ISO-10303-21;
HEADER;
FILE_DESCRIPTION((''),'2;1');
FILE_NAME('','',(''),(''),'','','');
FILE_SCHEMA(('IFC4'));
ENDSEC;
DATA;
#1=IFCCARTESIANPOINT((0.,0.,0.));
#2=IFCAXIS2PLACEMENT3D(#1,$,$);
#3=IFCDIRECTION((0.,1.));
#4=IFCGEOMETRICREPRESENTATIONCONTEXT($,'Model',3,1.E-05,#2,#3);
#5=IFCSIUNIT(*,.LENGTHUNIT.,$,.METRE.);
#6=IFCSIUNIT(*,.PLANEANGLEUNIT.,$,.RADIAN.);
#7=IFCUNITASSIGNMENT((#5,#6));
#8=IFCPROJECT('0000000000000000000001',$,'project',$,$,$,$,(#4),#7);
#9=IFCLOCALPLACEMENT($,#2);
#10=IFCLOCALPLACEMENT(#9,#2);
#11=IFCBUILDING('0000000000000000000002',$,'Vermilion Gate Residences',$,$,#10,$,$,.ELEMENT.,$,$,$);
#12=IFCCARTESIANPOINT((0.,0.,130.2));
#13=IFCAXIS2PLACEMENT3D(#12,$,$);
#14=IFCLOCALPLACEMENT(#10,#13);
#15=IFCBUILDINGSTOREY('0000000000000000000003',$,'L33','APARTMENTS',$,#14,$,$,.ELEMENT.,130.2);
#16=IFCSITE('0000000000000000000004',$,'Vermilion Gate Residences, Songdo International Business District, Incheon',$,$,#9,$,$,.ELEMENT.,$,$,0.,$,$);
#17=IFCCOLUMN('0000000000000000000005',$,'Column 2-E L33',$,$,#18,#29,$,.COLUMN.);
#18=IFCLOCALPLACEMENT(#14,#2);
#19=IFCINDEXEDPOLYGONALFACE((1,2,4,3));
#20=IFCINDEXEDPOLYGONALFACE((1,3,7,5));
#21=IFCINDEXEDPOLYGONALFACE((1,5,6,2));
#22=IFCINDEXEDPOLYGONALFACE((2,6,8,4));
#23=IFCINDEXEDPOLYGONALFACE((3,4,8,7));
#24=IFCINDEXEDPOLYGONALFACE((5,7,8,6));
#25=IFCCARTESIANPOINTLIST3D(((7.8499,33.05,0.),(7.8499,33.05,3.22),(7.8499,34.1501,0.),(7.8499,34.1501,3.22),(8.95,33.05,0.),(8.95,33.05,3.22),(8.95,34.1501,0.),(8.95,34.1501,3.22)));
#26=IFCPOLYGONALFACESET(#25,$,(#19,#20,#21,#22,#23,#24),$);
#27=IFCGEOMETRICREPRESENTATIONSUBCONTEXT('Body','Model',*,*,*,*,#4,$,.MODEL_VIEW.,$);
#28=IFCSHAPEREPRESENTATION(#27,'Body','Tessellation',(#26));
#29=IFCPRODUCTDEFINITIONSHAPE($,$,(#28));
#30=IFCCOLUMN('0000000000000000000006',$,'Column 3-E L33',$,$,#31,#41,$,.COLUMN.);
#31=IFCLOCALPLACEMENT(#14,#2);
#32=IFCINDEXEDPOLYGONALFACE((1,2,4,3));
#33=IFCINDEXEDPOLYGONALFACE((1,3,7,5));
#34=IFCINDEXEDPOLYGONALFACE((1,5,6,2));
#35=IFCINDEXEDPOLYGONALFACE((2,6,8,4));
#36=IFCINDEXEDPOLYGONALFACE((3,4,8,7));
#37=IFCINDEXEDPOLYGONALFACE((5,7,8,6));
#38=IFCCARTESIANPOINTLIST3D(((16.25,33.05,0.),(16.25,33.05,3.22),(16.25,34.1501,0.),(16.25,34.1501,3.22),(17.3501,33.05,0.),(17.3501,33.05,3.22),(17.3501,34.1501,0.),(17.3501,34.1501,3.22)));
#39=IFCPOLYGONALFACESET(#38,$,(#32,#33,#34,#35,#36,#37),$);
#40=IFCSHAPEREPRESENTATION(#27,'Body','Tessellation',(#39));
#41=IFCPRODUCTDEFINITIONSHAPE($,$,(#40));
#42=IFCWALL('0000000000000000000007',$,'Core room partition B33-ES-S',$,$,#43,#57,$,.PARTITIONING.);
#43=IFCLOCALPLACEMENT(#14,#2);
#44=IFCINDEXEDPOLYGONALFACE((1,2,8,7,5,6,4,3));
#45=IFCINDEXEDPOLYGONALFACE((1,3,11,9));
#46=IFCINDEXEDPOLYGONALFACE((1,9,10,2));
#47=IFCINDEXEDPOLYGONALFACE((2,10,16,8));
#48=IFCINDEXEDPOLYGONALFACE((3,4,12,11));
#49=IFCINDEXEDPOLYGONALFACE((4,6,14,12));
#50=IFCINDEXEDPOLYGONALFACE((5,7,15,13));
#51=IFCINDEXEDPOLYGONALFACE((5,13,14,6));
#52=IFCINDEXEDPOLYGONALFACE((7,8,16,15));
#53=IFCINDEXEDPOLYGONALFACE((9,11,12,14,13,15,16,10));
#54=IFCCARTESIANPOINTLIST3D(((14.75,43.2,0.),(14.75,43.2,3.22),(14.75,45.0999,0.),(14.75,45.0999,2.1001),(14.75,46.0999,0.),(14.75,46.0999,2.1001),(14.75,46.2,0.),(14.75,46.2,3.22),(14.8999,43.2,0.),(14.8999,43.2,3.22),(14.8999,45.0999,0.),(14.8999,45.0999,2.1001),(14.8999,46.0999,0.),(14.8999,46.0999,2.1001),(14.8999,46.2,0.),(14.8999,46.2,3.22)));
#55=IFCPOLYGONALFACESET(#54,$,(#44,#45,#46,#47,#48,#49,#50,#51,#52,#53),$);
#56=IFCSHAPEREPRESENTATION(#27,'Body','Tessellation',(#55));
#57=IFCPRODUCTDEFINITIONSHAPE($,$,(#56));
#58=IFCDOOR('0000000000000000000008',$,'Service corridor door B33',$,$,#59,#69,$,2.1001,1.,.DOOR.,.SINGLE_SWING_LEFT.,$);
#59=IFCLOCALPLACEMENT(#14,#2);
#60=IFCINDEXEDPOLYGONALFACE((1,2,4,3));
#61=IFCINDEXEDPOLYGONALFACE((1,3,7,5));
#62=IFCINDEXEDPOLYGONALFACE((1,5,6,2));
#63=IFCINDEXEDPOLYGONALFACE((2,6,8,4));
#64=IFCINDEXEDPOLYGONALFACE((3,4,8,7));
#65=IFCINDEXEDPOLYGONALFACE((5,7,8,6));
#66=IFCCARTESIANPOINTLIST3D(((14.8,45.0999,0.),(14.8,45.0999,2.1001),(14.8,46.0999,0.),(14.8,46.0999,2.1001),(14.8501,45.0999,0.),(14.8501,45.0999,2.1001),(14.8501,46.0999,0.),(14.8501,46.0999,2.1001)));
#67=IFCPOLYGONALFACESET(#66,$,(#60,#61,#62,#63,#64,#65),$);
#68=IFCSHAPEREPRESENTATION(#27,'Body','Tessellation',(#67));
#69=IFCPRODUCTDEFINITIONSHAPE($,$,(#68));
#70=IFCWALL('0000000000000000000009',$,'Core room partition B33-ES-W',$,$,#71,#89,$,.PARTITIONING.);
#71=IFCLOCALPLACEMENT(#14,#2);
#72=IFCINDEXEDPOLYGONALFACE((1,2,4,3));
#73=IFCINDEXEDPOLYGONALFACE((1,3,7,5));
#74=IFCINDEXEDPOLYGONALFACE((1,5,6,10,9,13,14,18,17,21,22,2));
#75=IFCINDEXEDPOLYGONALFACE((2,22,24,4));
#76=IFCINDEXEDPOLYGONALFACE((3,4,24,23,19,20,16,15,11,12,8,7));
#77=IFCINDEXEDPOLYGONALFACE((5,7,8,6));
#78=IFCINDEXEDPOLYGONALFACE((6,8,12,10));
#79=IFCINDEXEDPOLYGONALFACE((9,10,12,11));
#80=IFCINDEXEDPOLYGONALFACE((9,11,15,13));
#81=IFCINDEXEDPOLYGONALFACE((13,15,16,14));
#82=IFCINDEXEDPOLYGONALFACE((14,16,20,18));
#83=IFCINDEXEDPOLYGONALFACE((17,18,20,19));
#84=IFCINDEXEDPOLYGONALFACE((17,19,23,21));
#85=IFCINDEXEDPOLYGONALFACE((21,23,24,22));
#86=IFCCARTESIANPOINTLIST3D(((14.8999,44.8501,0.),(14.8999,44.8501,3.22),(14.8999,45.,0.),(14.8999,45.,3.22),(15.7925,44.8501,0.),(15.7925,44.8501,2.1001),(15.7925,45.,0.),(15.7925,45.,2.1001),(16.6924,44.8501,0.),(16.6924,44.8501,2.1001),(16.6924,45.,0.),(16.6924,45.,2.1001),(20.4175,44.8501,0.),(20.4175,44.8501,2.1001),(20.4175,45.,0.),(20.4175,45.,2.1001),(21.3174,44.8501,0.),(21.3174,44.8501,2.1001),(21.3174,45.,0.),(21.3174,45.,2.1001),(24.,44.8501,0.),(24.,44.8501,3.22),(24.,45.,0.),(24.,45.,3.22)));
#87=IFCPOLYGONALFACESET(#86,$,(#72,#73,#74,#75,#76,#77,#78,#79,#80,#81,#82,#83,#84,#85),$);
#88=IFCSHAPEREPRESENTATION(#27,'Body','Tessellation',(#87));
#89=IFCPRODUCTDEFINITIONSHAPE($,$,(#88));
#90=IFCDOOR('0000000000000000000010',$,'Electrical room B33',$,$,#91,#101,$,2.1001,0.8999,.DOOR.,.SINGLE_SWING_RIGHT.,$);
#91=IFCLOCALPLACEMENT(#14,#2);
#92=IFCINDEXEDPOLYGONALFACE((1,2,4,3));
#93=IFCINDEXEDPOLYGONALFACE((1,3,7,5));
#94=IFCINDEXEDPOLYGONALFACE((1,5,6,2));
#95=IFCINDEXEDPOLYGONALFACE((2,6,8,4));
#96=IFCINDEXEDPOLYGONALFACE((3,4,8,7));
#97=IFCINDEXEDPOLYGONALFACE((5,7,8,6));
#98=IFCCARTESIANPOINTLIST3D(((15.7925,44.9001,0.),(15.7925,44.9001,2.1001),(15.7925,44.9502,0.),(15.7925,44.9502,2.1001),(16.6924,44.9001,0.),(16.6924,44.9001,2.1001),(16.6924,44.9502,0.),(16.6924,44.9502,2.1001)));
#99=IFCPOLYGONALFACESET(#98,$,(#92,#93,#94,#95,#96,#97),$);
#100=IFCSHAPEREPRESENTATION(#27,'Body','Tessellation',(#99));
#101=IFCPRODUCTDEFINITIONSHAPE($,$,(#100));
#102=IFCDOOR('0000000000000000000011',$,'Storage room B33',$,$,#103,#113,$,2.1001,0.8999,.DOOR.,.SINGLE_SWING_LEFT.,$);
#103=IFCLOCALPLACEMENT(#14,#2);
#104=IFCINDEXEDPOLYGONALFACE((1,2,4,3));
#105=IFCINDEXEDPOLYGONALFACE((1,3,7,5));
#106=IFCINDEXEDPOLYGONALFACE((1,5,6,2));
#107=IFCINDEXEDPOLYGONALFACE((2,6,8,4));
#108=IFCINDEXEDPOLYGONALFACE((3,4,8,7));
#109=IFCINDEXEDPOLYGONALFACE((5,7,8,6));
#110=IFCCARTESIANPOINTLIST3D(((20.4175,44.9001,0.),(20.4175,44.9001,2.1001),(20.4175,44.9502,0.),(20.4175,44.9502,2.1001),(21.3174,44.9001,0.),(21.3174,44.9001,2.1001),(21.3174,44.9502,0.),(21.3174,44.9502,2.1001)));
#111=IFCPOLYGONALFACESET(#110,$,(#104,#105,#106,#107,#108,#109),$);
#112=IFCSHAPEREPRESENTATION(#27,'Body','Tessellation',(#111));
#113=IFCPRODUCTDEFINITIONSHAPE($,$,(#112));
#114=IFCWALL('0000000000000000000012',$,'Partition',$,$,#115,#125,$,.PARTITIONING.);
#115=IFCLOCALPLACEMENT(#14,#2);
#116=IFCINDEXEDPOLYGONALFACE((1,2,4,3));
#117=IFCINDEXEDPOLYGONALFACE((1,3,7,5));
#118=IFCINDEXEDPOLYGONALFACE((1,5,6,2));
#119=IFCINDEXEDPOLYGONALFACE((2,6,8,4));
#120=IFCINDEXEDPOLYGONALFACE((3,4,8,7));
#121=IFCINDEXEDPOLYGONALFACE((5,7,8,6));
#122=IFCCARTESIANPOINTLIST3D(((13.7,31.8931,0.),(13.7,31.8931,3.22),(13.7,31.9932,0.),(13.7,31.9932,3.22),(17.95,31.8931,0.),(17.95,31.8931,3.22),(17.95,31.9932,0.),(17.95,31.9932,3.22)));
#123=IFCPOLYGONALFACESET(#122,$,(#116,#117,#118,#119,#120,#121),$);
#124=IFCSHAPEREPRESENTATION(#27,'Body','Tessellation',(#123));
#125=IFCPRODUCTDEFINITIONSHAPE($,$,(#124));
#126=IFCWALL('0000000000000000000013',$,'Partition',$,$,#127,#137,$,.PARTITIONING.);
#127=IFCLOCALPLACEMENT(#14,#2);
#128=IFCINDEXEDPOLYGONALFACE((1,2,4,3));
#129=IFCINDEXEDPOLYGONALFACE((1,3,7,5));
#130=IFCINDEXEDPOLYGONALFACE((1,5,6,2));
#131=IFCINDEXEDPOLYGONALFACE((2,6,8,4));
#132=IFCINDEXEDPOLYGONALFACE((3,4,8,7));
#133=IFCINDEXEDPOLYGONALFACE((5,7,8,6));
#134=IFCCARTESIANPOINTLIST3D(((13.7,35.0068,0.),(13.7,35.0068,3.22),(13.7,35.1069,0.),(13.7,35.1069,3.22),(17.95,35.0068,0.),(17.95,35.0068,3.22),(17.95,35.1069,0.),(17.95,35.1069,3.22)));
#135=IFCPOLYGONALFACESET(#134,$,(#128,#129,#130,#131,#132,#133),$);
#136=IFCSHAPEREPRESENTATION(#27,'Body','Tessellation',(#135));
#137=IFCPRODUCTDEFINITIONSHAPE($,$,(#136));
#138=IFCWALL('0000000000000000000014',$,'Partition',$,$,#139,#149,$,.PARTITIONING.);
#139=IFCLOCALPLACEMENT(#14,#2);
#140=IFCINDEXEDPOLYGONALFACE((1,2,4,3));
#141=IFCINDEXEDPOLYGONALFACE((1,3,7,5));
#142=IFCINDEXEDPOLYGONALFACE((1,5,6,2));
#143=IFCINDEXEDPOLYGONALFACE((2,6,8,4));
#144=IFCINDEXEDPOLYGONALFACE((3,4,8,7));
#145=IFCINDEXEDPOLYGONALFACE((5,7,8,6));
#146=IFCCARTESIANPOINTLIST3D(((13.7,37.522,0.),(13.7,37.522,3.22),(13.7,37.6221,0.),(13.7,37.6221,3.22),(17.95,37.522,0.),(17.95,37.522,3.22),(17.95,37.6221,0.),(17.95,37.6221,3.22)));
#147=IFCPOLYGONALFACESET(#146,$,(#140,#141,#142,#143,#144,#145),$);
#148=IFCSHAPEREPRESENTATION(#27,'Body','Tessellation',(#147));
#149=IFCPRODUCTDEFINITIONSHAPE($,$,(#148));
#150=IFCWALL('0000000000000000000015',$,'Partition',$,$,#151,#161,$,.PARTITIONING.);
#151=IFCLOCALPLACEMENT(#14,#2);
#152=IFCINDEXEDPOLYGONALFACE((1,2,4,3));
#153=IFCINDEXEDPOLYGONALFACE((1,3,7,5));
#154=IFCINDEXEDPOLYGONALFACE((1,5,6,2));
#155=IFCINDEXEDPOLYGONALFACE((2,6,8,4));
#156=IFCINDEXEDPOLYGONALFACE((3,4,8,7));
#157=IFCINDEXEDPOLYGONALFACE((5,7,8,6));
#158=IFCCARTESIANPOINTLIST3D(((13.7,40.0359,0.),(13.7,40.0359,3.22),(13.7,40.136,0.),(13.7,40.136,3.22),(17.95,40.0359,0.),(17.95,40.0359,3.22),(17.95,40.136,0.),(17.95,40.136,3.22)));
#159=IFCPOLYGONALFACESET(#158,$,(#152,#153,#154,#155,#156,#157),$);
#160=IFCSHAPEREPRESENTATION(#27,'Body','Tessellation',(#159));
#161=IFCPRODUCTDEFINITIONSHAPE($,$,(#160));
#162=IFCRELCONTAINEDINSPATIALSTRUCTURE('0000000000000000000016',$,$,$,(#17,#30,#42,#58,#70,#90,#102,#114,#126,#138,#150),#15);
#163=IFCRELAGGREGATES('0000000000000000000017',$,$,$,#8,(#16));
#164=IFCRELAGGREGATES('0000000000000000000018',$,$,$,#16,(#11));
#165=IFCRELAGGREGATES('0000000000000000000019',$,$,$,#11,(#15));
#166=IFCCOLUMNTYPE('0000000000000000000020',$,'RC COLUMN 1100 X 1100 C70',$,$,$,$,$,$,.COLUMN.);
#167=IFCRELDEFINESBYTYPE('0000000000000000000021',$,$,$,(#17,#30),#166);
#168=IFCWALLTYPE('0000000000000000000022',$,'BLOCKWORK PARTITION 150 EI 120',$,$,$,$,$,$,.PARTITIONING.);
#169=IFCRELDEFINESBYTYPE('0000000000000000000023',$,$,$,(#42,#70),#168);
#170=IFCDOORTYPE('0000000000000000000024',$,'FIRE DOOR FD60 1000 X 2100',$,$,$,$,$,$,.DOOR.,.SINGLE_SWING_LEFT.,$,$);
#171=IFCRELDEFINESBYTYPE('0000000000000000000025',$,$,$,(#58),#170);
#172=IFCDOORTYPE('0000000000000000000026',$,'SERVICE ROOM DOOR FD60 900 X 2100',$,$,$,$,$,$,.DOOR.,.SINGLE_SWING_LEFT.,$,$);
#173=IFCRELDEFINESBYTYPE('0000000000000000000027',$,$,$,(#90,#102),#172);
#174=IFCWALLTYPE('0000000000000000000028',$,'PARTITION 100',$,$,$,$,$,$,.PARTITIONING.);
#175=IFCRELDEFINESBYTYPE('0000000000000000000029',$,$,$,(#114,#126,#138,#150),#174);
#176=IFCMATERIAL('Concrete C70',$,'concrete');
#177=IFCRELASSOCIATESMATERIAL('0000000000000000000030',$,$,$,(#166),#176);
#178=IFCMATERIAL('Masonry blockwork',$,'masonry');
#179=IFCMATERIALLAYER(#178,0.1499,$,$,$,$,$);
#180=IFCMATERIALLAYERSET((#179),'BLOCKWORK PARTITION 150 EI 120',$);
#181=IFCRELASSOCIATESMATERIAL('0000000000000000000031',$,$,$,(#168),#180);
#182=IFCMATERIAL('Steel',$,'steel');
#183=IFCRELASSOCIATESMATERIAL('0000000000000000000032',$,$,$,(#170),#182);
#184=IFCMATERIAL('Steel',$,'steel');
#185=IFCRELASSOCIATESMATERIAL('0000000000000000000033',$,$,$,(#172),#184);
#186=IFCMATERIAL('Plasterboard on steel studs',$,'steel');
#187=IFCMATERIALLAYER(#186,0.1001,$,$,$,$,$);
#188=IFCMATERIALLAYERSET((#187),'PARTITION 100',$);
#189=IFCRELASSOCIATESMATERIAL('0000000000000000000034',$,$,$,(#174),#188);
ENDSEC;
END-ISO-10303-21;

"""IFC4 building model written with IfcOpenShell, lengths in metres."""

from ifc_helpers import new_model, si_unit, direction, frame, frame_2d, origin, origin_2d, place, context, subcontext, project, spatial, rectangle, extrude, material, layer, layer_set, material_profile, profile_set, type_object, element, fill, save


model = new_model("IFC4")

# Units and contexts
model_context = context("Model", 3, precision=1e-05, world=origin(), true_north=direction((0.0, 1.0)))
body_context = subcontext(model_context, "Body", "Model", "MODEL_VIEW")
ifc_project = project(units=[si_unit("LENGTHUNIT", "METRE"), si_unit("PLANEANGLEUNIT", "RADIAN")], contexts=[model_context])

# Site, building, storey
site_placement = place(None, origin())
site = spatial("IfcSite", under=ifc_project, at=site_placement, Name="Vermilion Gate Residences, Songdo International Business District, Incheon", CompositionType="ELEMENT", RefElevation=0.0)
building_placement = place(site_placement, origin())
building = spatial("IfcBuilding", under=site, at=building_placement, Name="Vermilion Gate Residences", CompositionType="ELEMENT")
storey_placement = place(building_placement, frame((0.0, 0.0, 130.2)))
storey = spatial("IfcBuildingStorey", under=building, at=storey_placement, Name="L33", Description="APARTMENTS", CompositionType="ELEMENT", Elevation=130.2)

# Columns
ifc_material_1 = material(Name="Concrete C70", Category="concrete")
ifc_material_profile = material_profile(ifc_material_1, rectangle(XDim=1.1001, YDim=1.1001, at=origin_2d()), Name="RC-1100x1100")
ifc_profile_set = profile_set([ifc_material_profile], Name="Concrete C70")
column_type = type_object("IfcColumnType", Name="RC COLUMN 1100 X 1100 C70", PredefinedType="COLUMN", material=ifc_profile_set)
for number, where, z_axis, x_axis, name in (
    (1, (8.3999, 33.6001, 0.0), (0.0, 0.0, 1.0), (1.0, 0.0, 0.0), "Column 2-E L33"),
    (2, (16.8, 33.6001, 0.0), (0.0, 0.0, 1.0), (1.0, 0.0, 0.0), "Column 3-E L33"),
):
    element("IfcColumn", number, at=place(storey_placement, frame(where, z_axis=z_axis, x_axis=x_axis)), inside=storey, type_object=column_type, Name=name, PredefinedType="COLUMN", context=body_context, shape_type="SweptSolid", body=[
        extrude(rectangle(XDim=1.1001, YDim=1.1001, at=origin_2d()), origin(), (0.0, 0.0, 1.0), 3.22),
    ])

# Wall, opening, door
ifc_material_2 = material(Name="Masonry blockwork", Category="masonry")
ifc_layer_1 = layer(ifc_material_2, 0.1499)
ifc_layer_set_1 = layer_set([ifc_layer_1], Name="BLOCKWORK PARTITION 150 EI 120")
wall_type_1 = type_object("IfcWallType", Name="BLOCKWORK PARTITION 150 EI 120", PredefinedType="PARTITIONING", material=ifc_layer_set_1)
wall_1_placement = place(storey_placement, frame((14.825, 46.2, 0.0), z_axis=(0.0, 0.0, 1.0), x_axis=(0.0, -1.0, 0.0)))
wall_1 = element("IfcWall", 3, at=wall_1_placement, inside=storey, type_object=wall_type_1, Name="Core room partition B33-ES-S", PredefinedType="PARTITIONING", context=body_context, shape_type="SweptSolid", body=[
    extrude(rectangle(XDim=3.0, YDim=0.1499, at=frame_2d((1.5, 0.0))), origin(), (0.0, 0.0, 1.0), 3.22),
])
opening_1_placement = place(wall_1_placement, frame((0.1001, 0.0, 0.0)))
opening_1 = element("IfcOpeningElement", 4, at=opening_1_placement, cuts=wall_1, PredefinedType="OPENING", context=body_context, shape_type="SweptSolid", body=[
    extrude(rectangle(XDim=1.0, YDim=2.1001, at=frame_2d((0.5, 1.05))), frame((0.0, 0.085, 0.0), z_axis=(0.0, -1.0, 0.0), x_axis=(1.0, 0.0, 0.0)), (0.0, 0.0, 1.0), 0.1699),
])
ifc_material_3 = material(Name="Steel", Category="steel")
door_type_1 = type_object("IfcDoorType", Name="FIRE DOOR FD60 1000 X 2100", OperationType="SINGLE_SWING_LEFT", PredefinedType="DOOR", material=ifc_material_3)
door_1_placement = place(opening_1_placement, frame((1.0, 0.0, 0.0), z_axis=(0.0, 0.0, 1.0), x_axis=(-1.0, 0.0, 0.0)))
door_1 = element("IfcDoor", 5, at=door_1_placement, inside=storey, type_object=door_type_1, Name="Service corridor door B33", OperationType="SINGLE_SWING_LEFT", OverallHeight=2.1001, OverallWidth=1.0, PredefinedType="DOOR", context=body_context, shape_type="SweptSolid", body=[
    extrude(rectangle(XDim=1.0, YDim=2.1001, at=frame_2d((0.5, 1.05))), frame((0.0, 0.0249, 0.0), z_axis=(0.0, -1.0, 0.0), x_axis=(1.0, 0.0, 0.0)), (0.0, 0.0, 1.0), 0.05),
])
fill(opening_1, door_1)

# Wall, openings, doors
wall_2_placement = place(storey_placement, frame((14.8999, 44.925, 0.0), z_axis=(0.0, 0.0, 1.0), x_axis=(1.0, 0.0, 0.0)))
wall_2 = element("IfcWall", 6, at=wall_2_placement, inside=storey, type_object=wall_type_1, Name="Core room partition B33-ES-W", PredefinedType="PARTITIONING", context=body_context, shape_type="SweptSolid", body=[
    extrude(rectangle(XDim=9.1001, YDim=0.1499, at=frame_2d((4.55, 0.0))), origin(), (0.0, 0.0, 1.0), 3.22),
])
opening_2_placement = place(wall_2_placement, frame((0.8926, 0.0, 0.0)))
opening_2 = element("IfcOpeningElement", 7, at=opening_2_placement, cuts=wall_2, PredefinedType="OPENING", context=body_context, shape_type="SweptSolid", body=[
    extrude(rectangle(XDim=0.8999, YDim=2.1001, at=frame_2d((0.45, 1.05))), frame((0.0, 0.085, 0.0), z_axis=(0.0, -1.0, 0.0), x_axis=(1.0, 0.0, 0.0)), (0.0, 0.0, 1.0), 0.1699),
])
opening_3_placement = place(wall_2_placement, frame((5.5176, 0.0, 0.0)))
opening_3 = element("IfcOpeningElement", 8, at=opening_3_placement, cuts=wall_2, PredefinedType="OPENING", context=body_context, shape_type="SweptSolid", body=[
    extrude(rectangle(XDim=0.8999, YDim=2.1001, at=frame_2d((0.45, 1.05))), frame((0.0, 0.085, 0.0), z_axis=(0.0, -1.0, 0.0), x_axis=(1.0, 0.0, 0.0)), (0.0, 0.0, 1.0), 0.1699),
])
ifc_material_4 = material(Name="Steel", Category="steel")
door_type_2 = type_object("IfcDoorType", Name="SERVICE ROOM DOOR FD60 900 X 2100", OperationType="SINGLE_SWING_LEFT", PredefinedType="DOOR", material=ifc_material_4)
door_2_placement = place(opening_2_placement, frame((0.8999, 0.0, 0.0), z_axis=(0.0, 0.0, 1.0), x_axis=(-1.0, 0.0, 0.0)))
door_2 = element("IfcDoor", 9, at=door_2_placement, inside=storey, type_object=door_type_2, Name="Electrical room B33", OperationType="SINGLE_SWING_RIGHT", OverallHeight=2.1001, OverallWidth=0.8999, PredefinedType="DOOR", context=body_context, shape_type="SweptSolid", body=[
    extrude(rectangle(XDim=0.8999, YDim=2.1001, at=frame_2d((0.45, 1.05))), frame((0.0, 0.0249, 0.0), z_axis=(0.0, -1.0, 0.0), x_axis=(1.0, 0.0, 0.0)), (0.0, 0.0, 1.0), 0.05),
])
fill(opening_2, door_2)
door_3_placement = place(opening_3_placement, frame((0.8999, 0.0, 0.0), z_axis=(0.0, 0.0, 1.0), x_axis=(-1.0, 0.0, 0.0)))
door_3 = element("IfcDoor", 10, at=door_3_placement, inside=storey, type_object=door_type_2, Name="Storage room B33", OperationType="SINGLE_SWING_LEFT", OverallHeight=2.1001, OverallWidth=0.8999, PredefinedType="DOOR", context=body_context, shape_type="SweptSolid", body=[
    extrude(rectangle(XDim=0.8999, YDim=2.1001, at=frame_2d((0.45, 1.05))), frame((0.0, 0.0249, 0.0), z_axis=(0.0, -1.0, 0.0), x_axis=(1.0, 0.0, 0.0)), (0.0, 0.0, 1.0), 0.05),
])
fill(opening_3, door_3)

# Walls
ifc_material_5 = material(Name="Plasterboard on steel studs", Category="steel")
ifc_layer_2 = layer(ifc_material_5, 0.1001)
ifc_layer_set_2 = layer_set([ifc_layer_2], Name="PARTITION 100")
wall_type_2 = type_object("IfcWallType", Name="PARTITION 100", PredefinedType="PARTITIONING", material=ifc_layer_set_2)
for number, where, z_axis, x_axis, name in (
    (11, (13.7, 31.9431, 0.0), (0.0, 0.0, 1.0), (1.0, 0.0, 0.0), "Partition"),
    (12, (13.7, 35.0569, 0.0), (0.0, 0.0, 1.0), (1.0, 0.0, 0.0), "Partition"),
    (13, (13.7, 37.572, 0.0), (0.0, 0.0, 1.0), (1.0, 0.0, 0.0), "Partition"),
    (14, (13.7, 40.0859, 0.0), (0.0, 0.0, 1.0), (1.0, 0.0, 0.0), "Partition"),
):
    element("IfcWall", number, at=place(storey_placement, frame(where, z_axis=z_axis, x_axis=x_axis)), inside=storey, type_object=wall_type_2, Name=name, PredefinedType="PARTITIONING", context=body_context, shape_type="SweptSolid", body=[
        extrude(rectangle(XDim=4.25, YDim=0.1001, at=frame_2d((2.125, 0.0))), origin(), (0.0, 0.0, 1.0), 3.22),
    ])

save(model, "model.ifc")
